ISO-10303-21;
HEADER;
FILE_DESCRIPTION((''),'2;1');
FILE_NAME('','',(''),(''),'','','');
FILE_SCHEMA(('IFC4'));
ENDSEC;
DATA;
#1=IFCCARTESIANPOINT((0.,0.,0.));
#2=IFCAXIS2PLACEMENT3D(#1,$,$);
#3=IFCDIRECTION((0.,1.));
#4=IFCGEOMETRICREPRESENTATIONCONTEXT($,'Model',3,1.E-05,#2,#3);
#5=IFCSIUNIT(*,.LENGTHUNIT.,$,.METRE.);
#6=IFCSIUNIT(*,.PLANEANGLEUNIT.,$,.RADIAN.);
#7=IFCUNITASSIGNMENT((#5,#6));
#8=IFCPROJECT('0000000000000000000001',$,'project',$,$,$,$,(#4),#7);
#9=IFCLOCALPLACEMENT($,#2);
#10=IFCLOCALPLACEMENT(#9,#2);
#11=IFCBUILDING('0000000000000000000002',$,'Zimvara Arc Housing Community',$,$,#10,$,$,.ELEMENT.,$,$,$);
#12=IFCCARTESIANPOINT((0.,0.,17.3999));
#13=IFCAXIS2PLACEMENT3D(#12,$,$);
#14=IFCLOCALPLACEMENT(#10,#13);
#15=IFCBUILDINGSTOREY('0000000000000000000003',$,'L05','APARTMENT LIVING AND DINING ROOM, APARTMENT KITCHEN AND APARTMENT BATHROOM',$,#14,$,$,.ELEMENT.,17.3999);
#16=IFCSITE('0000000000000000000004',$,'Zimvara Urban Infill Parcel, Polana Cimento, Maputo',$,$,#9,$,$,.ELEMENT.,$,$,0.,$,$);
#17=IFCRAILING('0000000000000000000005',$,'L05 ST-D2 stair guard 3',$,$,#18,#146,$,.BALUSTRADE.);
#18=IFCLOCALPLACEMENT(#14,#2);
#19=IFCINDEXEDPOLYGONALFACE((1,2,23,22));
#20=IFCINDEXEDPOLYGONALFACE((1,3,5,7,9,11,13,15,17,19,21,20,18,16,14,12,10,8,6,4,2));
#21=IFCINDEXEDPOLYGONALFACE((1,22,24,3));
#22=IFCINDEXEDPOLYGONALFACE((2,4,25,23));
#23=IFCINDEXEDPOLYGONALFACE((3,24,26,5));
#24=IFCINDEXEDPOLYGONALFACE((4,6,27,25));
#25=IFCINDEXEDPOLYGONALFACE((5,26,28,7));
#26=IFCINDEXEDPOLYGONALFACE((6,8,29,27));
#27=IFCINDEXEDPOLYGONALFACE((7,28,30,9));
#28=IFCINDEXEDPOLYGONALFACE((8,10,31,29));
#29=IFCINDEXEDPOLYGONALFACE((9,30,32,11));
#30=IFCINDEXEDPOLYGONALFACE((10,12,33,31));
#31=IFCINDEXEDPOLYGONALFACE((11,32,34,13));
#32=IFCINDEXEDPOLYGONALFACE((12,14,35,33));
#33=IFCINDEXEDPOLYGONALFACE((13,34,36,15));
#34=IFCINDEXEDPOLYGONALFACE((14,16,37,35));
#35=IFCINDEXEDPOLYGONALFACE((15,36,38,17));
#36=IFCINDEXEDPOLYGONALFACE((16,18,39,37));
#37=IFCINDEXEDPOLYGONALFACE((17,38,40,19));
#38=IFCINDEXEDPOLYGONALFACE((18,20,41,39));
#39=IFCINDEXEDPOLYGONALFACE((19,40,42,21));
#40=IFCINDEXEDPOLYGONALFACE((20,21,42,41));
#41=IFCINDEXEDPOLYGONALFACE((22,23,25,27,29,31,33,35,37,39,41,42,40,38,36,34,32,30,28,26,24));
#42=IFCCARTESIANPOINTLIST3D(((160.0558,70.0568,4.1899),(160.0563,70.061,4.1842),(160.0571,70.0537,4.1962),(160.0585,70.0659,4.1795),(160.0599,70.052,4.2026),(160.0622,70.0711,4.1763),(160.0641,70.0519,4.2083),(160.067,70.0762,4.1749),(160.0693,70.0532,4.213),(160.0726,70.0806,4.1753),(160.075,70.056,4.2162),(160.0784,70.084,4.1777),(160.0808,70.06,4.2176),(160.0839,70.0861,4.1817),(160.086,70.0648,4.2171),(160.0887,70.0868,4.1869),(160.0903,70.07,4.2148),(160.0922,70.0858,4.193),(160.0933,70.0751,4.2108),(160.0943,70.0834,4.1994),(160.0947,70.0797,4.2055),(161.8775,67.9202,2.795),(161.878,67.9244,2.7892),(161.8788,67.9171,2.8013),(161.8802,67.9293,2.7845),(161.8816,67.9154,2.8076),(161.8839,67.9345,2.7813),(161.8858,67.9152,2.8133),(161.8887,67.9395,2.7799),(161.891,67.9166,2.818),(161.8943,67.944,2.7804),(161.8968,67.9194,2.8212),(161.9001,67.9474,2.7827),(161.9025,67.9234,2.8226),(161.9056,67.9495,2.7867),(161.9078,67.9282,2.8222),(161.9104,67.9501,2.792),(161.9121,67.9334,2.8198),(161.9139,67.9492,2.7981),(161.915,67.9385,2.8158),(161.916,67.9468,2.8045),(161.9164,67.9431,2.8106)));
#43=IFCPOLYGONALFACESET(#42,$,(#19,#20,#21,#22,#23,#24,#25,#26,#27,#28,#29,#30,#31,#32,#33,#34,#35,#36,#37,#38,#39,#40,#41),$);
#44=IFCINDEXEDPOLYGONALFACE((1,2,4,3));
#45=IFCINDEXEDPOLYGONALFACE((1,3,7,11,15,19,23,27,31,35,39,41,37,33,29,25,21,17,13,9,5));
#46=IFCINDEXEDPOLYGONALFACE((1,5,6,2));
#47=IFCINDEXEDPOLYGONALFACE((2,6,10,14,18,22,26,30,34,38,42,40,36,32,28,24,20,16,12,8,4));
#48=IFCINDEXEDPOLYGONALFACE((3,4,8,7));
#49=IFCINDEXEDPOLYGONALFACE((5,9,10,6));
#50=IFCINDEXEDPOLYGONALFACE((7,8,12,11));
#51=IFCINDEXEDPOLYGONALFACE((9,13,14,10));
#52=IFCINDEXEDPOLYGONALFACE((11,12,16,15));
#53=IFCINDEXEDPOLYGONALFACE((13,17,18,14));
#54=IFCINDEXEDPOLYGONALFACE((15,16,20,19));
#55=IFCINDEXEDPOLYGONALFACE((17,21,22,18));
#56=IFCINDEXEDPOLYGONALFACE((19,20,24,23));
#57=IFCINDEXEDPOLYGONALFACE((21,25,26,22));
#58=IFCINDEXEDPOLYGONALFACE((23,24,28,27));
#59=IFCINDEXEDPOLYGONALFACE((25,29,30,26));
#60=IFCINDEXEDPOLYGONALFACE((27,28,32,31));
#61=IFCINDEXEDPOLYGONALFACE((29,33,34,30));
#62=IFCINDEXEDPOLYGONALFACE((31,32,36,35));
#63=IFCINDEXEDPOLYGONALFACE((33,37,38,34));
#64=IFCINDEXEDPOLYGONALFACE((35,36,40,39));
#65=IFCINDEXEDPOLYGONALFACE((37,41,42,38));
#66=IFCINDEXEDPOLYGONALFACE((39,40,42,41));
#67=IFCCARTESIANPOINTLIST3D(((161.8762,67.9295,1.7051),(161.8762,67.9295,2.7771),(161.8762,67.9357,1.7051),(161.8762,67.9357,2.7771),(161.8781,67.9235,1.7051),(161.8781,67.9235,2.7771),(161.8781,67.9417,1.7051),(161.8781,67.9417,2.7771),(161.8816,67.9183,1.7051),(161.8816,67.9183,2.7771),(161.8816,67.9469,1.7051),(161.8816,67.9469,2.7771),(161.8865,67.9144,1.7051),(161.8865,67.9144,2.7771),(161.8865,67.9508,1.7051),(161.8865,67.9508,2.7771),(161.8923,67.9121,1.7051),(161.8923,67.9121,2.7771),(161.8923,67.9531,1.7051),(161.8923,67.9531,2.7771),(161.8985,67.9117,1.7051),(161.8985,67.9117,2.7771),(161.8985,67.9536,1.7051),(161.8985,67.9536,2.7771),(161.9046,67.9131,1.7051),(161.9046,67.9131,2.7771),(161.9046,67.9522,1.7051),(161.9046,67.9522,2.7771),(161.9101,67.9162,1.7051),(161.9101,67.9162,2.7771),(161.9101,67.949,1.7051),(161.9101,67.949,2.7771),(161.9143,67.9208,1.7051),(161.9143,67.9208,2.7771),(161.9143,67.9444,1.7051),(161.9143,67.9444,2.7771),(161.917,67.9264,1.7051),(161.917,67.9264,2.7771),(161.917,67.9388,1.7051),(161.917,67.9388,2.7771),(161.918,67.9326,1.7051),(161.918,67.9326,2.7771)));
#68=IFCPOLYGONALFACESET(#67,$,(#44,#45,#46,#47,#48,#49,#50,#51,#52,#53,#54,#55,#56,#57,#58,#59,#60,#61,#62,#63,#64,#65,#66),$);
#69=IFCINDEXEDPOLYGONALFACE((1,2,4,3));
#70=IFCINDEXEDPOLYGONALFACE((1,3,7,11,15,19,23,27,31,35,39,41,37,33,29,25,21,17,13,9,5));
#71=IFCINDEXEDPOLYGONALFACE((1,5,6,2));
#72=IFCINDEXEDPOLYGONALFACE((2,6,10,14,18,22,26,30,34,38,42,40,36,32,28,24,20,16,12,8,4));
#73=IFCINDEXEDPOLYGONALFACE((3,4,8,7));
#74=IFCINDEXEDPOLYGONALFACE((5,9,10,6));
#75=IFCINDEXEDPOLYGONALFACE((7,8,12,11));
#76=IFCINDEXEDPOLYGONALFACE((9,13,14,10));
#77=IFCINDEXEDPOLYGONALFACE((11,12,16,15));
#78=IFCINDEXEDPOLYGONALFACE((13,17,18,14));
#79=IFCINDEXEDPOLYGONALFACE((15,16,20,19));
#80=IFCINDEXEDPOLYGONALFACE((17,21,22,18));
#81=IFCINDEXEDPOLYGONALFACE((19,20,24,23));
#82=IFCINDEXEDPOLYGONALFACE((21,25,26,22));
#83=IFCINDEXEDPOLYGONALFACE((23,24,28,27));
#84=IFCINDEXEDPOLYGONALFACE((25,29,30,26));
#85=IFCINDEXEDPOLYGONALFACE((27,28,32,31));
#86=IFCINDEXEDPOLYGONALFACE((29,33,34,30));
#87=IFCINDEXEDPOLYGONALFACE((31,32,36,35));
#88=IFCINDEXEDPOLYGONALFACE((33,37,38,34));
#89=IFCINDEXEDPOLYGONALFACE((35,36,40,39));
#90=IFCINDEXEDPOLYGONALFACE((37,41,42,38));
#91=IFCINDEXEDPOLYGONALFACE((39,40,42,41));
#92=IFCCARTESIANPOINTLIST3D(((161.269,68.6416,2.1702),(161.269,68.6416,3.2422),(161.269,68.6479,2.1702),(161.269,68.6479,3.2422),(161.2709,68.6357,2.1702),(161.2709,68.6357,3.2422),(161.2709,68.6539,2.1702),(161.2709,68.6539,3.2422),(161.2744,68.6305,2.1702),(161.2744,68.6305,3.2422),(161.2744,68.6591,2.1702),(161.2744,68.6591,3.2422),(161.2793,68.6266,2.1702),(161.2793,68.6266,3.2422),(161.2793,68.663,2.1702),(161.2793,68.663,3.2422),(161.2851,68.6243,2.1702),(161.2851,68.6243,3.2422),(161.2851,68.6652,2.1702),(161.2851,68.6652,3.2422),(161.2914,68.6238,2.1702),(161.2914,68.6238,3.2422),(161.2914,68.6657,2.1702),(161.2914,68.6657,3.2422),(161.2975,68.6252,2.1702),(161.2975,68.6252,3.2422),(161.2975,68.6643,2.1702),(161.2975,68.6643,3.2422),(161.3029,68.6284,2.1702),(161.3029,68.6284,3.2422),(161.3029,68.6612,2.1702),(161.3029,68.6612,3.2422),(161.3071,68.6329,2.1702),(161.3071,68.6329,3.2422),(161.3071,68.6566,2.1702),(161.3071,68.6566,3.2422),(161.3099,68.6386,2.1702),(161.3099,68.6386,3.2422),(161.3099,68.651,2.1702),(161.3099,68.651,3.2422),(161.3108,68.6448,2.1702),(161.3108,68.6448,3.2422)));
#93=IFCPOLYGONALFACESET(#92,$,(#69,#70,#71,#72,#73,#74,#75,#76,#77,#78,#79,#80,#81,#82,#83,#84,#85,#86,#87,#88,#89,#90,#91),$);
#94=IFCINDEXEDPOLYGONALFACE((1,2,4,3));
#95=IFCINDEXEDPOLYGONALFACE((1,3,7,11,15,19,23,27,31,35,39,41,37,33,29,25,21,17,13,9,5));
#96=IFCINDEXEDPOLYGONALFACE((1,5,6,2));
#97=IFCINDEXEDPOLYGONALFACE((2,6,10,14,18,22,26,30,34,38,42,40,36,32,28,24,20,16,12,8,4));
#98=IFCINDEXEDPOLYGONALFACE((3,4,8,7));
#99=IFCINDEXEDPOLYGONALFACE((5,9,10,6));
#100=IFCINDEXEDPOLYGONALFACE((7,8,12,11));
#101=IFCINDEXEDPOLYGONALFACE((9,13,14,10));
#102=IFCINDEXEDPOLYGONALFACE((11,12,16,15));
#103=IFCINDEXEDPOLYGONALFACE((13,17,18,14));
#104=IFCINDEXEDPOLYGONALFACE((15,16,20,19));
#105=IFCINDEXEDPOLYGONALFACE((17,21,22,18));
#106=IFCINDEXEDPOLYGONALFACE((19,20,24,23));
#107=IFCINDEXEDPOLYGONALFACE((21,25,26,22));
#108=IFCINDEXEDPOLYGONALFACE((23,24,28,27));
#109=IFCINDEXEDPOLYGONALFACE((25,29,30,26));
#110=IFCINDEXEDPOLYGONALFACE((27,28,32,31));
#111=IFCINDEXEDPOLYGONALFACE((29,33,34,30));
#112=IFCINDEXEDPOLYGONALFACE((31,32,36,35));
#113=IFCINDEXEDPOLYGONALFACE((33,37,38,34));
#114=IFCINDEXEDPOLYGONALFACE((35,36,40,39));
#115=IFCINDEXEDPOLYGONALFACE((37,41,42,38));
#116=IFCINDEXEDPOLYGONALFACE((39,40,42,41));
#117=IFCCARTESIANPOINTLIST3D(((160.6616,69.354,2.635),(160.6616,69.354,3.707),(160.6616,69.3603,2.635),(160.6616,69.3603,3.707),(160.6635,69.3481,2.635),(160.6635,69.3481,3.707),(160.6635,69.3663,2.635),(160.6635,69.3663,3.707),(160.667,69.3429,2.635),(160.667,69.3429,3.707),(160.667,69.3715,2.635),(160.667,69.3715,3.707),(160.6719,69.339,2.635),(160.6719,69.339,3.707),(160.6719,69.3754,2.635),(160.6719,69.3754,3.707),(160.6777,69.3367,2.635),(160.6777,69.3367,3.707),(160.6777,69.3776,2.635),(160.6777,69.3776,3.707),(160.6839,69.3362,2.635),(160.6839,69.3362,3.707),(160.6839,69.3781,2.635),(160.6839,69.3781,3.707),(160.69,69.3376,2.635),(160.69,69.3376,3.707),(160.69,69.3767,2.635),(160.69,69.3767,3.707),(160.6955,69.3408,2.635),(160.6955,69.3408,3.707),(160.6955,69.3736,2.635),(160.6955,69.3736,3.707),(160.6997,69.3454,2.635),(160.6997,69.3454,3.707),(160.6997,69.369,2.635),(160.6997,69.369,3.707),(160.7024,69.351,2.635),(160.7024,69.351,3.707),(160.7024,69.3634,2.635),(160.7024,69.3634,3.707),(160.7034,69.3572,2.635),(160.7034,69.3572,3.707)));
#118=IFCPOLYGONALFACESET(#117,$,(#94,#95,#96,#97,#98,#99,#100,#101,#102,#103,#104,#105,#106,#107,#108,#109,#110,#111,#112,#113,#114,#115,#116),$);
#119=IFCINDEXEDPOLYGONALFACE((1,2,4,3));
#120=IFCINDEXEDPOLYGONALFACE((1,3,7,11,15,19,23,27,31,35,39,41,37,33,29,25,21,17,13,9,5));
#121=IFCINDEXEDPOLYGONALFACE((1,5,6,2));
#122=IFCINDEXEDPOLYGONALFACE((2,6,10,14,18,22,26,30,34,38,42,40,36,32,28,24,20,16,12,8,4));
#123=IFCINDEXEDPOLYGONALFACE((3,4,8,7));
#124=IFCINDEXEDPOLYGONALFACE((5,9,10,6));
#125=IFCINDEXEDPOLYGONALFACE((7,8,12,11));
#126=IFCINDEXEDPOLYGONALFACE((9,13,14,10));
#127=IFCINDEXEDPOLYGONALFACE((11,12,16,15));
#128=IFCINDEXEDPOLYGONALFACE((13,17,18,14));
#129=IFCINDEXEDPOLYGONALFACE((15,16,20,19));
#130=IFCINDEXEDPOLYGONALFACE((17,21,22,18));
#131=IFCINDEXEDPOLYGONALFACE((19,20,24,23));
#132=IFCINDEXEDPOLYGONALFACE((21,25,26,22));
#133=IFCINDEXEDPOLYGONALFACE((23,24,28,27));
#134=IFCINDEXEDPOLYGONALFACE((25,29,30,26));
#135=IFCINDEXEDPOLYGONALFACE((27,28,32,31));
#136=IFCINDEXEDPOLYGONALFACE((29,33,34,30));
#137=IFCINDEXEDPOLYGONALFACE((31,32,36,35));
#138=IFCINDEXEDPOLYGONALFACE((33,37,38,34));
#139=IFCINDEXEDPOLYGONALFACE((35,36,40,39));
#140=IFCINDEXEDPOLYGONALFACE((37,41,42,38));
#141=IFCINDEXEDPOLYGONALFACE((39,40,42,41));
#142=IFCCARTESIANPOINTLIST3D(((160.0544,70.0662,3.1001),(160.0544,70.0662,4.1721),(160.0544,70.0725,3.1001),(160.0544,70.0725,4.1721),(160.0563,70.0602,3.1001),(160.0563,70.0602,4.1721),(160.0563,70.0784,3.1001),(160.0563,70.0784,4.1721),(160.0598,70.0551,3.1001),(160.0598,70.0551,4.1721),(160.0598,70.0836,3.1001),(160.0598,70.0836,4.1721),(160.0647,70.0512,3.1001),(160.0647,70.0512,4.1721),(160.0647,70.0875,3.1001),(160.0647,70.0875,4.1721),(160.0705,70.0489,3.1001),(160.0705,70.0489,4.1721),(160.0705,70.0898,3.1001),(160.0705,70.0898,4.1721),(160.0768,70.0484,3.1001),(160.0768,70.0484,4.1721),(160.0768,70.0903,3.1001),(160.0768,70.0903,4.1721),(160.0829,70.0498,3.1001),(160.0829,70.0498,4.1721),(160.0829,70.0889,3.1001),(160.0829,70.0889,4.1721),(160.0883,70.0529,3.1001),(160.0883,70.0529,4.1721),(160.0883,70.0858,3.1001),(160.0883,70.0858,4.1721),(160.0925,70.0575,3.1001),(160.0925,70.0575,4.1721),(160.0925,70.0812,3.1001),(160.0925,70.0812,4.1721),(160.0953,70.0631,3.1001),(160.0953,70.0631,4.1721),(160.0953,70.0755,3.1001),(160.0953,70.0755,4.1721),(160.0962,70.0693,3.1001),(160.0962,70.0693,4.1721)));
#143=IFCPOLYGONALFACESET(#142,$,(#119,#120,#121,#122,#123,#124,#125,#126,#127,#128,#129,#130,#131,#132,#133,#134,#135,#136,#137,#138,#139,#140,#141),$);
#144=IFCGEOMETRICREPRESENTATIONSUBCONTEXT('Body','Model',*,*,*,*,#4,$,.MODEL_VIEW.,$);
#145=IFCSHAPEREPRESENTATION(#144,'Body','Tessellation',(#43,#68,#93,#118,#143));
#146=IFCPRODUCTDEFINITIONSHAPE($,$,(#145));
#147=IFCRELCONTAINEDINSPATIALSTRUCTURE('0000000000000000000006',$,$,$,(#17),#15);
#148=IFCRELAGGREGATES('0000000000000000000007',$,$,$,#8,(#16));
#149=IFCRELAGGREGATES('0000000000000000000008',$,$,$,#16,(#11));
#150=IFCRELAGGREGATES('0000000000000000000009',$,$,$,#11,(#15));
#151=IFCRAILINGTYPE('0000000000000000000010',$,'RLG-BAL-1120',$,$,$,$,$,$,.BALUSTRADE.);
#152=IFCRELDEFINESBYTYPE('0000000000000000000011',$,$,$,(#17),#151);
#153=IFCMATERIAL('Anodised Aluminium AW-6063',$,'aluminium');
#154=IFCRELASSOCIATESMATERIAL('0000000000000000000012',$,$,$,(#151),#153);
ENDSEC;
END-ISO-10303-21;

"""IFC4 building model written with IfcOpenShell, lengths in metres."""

from ifc_helpers import new_model, si_unit, direction, frame, origin, origin_2d, place, context, subcontext, project, spatial, circle, extrude, material, type_object, element, save


model = new_model("IFC4")

# Units and contexts
model_context = context("Model", 3, precision=1e-05, world=origin(), true_north=direction((0.0, 1.0)))
body_context = subcontext(model_context, "Body", "Model", "MODEL_VIEW")
ifc_project = project(units=[si_unit("LENGTHUNIT", "METRE"), si_unit("PLANEANGLEUNIT", "RADIAN")], contexts=[model_context])

# Site, building, storey
site_placement = place(None, origin())
site = spatial("IfcSite", under=ifc_project, at=site_placement, Name="Zimvara Urban Infill Parcel, Polana Cimento, Maputo", CompositionType="ELEMENT", RefElevation=0.0)
building_placement = place(site_placement, origin())
building = spatial("IfcBuilding", under=site, at=building_placement, Name="Zimvara Arc Housing Community", CompositionType="ELEMENT")
storey_placement = place(building_placement, frame((0.0, 0.0, 17.3999)))
storey = spatial("IfcBuildingStorey", under=building, at=storey_placement, Name="L05", Description="APARTMENT LIVING AND DINING ROOM, APARTMENT KITCHEN AND APARTMENT BATHROOM", CompositionType="ELEMENT", Elevation=17.3999)

# Railing
ifc_material_1 = material(Name="Anodised Aluminium AW-6063", Category="aluminium")
railing_type_1 = type_object("IfcRailingType", Name="RLG-BAL-1120", PredefinedType="BALUSTRADE", material=ifc_material_1)
railing_1_placement = place(storey_placement, frame((161.897, 67.9326, 1.7051)))
element("IfcRailing", 1, at=railing_1_placement, inside=storey, type_object=railing_type_1, Name="L05 ST-D2 stair guard 3", PredefinedType="BALUSTRADE", context=body_context, shape_type="SweptSolid", body=[
    extrude(circle(Radius=0.0239, at=origin_2d()), frame((0.0, 0.0, 1.0962), z_axis=(-0.581041, 0.681489, 0.44493), x_axis=(-0.76096, -0.648799, 0.0)), (0.0, 0.0, 1.0), 3.1353),
    extrude(circle(Radius=0.021, at=origin_2d()), origin(), (0.0, 0.0, 1.0), 1.072),
    extrude(circle(Radius=0.021, at=origin_2d()), frame((-0.6072, 0.7122, 0.4651)), (0.0, 0.0, 1.0), 1.072),
    extrude(circle(Radius=0.021, at=origin_2d()), frame((-1.2146, 1.4246, 0.9299)), (0.0, 0.0, 1.0), 1.072),
    extrude(circle(Radius=0.021, at=origin_2d()), frame((-1.8218, 2.1367, 1.395)), (0.0, 0.0, 1.0), 1.072),
])

save(model, "model.ifc")
